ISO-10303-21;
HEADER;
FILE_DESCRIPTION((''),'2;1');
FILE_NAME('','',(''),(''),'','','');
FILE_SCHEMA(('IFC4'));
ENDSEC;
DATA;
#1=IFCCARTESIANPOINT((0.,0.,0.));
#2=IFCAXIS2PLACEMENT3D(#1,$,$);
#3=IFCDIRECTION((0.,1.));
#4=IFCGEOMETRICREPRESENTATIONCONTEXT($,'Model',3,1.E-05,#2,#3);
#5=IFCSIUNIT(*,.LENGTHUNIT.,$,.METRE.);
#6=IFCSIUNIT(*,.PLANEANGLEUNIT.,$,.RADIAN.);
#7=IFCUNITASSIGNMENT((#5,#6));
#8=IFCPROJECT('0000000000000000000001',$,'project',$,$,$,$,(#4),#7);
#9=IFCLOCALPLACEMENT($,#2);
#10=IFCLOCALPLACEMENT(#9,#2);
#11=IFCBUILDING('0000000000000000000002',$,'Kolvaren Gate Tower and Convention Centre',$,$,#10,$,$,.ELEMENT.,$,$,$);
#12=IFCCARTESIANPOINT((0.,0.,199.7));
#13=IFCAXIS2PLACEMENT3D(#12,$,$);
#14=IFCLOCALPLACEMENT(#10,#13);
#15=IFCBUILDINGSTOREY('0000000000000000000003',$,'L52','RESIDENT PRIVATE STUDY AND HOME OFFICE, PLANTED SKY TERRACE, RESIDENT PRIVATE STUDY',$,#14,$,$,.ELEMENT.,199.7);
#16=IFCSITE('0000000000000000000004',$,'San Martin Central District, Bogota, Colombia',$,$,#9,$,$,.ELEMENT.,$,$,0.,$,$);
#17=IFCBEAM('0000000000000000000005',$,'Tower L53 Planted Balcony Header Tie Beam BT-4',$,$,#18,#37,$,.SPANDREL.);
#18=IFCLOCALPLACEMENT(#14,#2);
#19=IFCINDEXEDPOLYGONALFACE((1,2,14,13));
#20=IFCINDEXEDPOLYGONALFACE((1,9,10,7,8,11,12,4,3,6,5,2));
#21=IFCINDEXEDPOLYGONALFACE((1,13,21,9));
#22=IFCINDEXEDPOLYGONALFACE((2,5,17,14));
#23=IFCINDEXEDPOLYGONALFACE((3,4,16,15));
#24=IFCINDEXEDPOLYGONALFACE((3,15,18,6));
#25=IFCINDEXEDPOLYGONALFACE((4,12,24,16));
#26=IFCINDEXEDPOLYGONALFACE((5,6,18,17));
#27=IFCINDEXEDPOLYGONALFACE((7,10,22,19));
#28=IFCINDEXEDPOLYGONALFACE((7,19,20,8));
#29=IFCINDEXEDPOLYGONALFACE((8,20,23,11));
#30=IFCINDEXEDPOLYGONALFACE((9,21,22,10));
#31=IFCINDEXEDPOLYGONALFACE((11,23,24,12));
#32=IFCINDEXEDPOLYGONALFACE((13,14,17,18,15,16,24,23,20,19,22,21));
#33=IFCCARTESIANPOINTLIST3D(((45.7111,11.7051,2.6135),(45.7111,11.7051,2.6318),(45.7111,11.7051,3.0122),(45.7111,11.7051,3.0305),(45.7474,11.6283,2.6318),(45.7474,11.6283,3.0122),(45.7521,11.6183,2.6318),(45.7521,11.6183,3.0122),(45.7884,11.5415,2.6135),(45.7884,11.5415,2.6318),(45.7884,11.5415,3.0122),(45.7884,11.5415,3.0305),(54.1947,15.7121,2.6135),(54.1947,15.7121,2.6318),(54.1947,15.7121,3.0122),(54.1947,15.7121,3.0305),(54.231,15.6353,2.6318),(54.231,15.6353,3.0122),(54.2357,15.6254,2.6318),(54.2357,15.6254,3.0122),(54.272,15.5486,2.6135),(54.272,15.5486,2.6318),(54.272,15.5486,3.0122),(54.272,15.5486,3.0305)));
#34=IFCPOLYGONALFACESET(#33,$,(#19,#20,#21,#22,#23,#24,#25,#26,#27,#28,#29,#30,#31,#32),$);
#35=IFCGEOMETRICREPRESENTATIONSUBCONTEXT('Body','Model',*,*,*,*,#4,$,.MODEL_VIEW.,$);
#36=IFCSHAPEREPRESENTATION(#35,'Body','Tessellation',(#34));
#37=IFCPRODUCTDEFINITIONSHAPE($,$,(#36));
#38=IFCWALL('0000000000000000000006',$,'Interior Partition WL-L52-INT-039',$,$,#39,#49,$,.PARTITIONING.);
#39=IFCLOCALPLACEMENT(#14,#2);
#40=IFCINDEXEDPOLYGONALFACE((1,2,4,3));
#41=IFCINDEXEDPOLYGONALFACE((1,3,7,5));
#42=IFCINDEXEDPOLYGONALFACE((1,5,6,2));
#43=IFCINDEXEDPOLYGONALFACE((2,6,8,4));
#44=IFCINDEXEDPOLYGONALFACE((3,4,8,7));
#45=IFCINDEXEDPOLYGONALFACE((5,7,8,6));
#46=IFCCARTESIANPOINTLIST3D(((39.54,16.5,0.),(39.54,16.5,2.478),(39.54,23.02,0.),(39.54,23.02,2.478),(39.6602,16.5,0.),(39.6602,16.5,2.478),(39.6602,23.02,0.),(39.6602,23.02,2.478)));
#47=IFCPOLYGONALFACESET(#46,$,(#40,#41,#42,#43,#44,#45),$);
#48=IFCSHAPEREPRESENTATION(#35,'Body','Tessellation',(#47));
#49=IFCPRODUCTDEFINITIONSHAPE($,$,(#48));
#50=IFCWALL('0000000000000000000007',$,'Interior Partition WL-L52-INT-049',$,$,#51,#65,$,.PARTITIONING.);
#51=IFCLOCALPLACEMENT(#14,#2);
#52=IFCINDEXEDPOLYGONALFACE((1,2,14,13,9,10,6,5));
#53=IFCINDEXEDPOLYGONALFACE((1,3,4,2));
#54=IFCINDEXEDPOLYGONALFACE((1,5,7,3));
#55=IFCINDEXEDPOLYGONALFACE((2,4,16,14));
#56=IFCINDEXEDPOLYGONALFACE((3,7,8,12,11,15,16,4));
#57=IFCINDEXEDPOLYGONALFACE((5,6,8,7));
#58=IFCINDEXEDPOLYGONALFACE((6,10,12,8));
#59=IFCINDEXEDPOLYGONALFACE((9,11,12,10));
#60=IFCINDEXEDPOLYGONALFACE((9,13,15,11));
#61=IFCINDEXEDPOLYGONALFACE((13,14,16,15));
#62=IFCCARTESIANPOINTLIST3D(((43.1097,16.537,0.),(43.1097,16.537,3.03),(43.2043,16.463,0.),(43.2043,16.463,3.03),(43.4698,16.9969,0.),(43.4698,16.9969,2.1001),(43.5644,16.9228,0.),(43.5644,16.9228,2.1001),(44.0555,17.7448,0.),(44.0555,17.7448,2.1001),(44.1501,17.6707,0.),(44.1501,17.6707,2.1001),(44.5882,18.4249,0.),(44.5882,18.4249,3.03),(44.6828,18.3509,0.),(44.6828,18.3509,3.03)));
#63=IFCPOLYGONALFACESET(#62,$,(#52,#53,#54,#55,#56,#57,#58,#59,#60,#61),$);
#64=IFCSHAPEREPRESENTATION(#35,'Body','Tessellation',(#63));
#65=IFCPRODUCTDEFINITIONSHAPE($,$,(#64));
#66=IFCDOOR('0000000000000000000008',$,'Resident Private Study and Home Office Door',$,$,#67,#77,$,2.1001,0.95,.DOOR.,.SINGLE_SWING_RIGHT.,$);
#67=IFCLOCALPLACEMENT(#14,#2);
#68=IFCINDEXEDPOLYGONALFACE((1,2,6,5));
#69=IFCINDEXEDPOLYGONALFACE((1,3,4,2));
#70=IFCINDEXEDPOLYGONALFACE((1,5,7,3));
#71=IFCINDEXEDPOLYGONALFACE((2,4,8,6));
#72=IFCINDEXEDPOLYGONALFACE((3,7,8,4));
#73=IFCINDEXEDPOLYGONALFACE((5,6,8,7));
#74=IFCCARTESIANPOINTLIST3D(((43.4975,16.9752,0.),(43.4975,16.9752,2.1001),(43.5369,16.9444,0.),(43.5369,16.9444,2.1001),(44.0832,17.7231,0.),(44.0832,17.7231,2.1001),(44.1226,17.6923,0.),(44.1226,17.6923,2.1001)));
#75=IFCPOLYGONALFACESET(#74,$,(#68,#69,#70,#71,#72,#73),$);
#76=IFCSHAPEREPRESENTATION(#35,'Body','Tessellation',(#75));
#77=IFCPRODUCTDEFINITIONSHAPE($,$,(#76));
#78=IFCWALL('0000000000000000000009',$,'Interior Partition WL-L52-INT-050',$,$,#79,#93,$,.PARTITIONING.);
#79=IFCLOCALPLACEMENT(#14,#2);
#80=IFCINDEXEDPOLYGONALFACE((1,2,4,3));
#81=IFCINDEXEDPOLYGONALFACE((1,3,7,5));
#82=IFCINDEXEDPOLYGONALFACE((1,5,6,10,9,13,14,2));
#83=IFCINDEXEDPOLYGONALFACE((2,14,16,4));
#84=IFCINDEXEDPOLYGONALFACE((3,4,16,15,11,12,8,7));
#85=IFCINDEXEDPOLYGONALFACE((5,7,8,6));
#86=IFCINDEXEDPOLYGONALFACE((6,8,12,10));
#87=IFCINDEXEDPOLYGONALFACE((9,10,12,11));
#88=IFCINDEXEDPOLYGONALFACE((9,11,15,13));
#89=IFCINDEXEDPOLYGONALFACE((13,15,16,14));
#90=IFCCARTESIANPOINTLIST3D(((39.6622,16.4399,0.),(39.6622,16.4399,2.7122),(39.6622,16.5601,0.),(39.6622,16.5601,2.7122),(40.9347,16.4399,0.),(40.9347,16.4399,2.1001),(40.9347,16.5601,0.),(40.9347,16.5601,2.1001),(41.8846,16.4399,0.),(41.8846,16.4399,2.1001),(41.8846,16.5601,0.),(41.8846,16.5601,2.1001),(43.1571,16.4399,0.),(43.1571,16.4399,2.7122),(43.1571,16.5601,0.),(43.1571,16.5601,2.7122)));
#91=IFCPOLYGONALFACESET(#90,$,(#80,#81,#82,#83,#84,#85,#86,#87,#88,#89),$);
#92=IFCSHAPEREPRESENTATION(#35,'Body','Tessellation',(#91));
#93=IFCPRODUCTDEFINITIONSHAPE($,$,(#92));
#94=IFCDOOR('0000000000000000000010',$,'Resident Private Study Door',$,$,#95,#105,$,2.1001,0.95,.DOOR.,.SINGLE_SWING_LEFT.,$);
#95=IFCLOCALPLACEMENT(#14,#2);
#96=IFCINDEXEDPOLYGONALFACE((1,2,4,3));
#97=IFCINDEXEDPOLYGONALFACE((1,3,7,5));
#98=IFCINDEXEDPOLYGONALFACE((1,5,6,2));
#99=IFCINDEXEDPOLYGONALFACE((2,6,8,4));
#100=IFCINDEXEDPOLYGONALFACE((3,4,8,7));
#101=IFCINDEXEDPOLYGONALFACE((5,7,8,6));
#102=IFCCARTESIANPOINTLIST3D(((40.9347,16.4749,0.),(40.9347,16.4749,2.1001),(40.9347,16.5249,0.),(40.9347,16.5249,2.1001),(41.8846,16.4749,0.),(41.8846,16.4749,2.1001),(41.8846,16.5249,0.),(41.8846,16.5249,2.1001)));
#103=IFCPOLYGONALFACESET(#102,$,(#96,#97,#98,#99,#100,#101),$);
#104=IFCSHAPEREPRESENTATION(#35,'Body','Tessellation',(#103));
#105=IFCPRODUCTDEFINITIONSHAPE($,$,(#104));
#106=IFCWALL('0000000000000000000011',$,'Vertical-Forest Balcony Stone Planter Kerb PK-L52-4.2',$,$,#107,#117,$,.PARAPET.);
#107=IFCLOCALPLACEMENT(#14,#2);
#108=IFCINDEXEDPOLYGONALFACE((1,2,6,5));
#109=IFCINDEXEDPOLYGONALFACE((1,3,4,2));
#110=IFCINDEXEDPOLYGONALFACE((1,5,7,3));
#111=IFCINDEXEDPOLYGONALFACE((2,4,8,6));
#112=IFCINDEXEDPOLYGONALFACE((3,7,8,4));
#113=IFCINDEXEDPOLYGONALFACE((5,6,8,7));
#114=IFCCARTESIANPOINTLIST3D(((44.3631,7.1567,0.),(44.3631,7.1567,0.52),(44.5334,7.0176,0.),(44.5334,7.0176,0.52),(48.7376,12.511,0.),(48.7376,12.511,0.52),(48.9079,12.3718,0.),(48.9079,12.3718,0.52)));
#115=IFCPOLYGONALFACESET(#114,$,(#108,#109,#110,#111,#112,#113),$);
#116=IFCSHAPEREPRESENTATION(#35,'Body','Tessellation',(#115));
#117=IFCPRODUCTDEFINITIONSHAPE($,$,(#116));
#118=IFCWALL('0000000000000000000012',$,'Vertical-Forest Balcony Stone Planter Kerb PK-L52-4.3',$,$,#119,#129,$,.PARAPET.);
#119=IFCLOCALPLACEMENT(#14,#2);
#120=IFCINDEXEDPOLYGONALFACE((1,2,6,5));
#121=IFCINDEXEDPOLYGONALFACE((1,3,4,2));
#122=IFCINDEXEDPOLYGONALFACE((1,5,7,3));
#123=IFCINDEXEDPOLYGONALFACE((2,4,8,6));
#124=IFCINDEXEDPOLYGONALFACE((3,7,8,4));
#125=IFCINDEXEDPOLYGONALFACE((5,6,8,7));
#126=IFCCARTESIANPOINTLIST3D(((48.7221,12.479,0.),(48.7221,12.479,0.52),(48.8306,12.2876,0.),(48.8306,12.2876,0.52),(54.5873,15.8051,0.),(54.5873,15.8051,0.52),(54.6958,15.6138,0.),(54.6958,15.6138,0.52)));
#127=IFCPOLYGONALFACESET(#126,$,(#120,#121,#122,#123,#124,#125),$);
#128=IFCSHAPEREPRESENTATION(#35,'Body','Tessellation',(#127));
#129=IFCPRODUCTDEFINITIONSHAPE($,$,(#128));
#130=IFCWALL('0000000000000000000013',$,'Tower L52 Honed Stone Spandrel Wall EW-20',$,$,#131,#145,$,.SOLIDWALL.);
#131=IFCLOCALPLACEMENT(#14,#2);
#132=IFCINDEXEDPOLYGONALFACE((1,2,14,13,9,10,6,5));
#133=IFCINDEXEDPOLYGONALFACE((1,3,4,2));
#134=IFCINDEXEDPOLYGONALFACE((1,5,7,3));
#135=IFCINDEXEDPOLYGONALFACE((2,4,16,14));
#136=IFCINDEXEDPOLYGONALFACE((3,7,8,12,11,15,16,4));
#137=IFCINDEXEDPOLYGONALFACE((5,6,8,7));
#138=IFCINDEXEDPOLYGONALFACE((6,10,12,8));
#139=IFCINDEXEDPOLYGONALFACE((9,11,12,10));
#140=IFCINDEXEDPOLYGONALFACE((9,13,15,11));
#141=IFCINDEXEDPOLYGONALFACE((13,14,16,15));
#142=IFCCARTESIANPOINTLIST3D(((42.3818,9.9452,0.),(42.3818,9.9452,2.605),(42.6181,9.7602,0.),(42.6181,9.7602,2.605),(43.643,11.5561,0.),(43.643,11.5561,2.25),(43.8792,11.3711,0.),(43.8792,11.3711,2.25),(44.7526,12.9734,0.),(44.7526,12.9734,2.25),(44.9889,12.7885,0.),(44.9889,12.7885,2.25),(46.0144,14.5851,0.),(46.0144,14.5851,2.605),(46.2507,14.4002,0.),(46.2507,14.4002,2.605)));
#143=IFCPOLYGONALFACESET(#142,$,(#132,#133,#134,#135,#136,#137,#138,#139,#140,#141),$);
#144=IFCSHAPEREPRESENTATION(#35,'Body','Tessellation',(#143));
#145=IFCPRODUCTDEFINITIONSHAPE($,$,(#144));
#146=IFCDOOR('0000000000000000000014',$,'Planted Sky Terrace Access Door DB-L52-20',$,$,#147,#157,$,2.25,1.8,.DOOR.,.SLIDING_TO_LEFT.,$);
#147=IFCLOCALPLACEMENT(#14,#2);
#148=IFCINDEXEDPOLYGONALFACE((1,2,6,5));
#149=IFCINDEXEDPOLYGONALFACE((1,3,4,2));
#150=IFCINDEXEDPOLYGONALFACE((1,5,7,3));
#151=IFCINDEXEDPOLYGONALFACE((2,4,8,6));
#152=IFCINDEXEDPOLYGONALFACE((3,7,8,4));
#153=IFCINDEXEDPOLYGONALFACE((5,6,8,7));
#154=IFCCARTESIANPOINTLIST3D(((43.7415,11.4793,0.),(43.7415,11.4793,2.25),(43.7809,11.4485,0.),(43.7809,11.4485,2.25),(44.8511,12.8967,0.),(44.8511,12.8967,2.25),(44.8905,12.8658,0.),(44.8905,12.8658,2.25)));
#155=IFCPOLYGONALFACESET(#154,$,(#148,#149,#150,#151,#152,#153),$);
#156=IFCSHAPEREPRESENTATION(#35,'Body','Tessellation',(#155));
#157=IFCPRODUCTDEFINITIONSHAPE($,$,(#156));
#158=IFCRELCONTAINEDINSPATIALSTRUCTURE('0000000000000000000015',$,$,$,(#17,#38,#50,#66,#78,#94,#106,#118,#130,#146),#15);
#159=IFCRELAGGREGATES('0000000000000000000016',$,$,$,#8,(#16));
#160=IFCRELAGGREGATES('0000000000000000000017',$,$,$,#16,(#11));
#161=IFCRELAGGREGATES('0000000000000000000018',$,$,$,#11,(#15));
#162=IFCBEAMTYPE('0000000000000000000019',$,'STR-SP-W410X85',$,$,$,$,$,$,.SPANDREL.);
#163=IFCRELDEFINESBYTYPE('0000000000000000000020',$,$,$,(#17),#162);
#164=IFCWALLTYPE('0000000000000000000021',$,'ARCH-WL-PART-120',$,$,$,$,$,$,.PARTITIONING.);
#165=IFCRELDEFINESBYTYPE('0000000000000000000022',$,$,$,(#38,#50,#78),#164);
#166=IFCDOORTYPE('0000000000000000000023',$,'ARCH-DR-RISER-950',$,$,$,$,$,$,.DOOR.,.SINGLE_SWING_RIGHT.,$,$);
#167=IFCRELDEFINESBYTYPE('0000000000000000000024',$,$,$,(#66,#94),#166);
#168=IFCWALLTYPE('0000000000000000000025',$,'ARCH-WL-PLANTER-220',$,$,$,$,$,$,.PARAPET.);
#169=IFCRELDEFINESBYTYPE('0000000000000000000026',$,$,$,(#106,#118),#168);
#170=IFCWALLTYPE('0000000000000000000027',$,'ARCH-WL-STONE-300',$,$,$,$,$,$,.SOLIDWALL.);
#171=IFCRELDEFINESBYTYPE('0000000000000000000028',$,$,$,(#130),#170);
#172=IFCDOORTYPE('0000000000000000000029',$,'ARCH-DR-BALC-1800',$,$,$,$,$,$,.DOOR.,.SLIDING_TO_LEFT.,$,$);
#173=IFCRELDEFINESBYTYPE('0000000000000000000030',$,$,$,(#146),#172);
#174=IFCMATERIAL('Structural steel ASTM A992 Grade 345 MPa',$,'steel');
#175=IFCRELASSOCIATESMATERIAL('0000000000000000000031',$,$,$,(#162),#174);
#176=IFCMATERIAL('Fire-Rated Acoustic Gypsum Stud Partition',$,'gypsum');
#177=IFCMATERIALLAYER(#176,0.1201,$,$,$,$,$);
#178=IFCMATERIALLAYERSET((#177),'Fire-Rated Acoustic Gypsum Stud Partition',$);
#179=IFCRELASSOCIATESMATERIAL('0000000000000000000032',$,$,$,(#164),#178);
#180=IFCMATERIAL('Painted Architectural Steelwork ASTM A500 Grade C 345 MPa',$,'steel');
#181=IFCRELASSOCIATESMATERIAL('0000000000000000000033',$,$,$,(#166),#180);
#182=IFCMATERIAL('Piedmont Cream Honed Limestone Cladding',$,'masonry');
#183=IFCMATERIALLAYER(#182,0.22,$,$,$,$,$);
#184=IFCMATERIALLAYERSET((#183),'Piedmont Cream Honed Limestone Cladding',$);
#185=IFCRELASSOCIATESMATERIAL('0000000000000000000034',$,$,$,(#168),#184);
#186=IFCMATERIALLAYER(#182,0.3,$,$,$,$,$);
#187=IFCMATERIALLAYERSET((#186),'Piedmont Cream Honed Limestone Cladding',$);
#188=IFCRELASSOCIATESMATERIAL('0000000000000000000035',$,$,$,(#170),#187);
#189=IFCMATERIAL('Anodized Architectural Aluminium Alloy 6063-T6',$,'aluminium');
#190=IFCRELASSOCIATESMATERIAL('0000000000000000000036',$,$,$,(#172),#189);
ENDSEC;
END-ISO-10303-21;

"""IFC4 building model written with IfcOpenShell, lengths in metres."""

from ifc_helpers import new_model, si_unit, direction, frame, frame_2d, origin, origin_2d, place, context, subcontext, project, spatial, rectangle, i_section, extrude, material, layer, layer_set, material_profile, profile_set, type_object, element, fill, save


model = new_model("IFC4")

# Units and contexts
model_context = context("Model", 3, precision=1e-05, world=origin(), true_north=direction((0.0, 1.0)))
body_context = subcontext(model_context, "Body", "Model", "MODEL_VIEW")
ifc_project = project(units=[si_unit("LENGTHUNIT", "METRE"), si_unit("PLANEANGLEUNIT", "RADIAN")], contexts=[model_context])

# Site, building, storey
site_placement = place(None, origin())
site = spatial("IfcSite", under=ifc_project, at=site_placement, Name="San Martin Central District, Bogota, Colombia", CompositionType="ELEMENT", RefElevation=0.0)
building_placement = place(site_placement, origin())
building = spatial("IfcBuilding", under=site, at=building_placement, Name="Kolvaren Gate Tower and Convention Centre", CompositionType="ELEMENT")
storey_placement = place(building_placement, frame((0.0, 0.0, 199.7)))
storey = spatial("IfcBuildingStorey", under=building, at=storey_placement, Name="L52", Description="RESIDENT PRIVATE STUDY AND HOME OFFICE, PLANTED SKY TERRACE, RESIDENT PRIVATE STUDY", CompositionType="ELEMENT", Elevation=199.7)

# Beam
ifc_material_1 = material(Name="Structural steel ASTM A992 Grade 345 MPa", Category="steel")
ifc_material_profile_1 = material_profile(ifc_material_1, i_section(OverallWidth=0.1809, OverallDepth=0.417, WebThickness=0.011, FlangeThickness=0.0183, at=origin_2d()), Name="W410X85")
ifc_profile_set_1 = profile_set([ifc_material_profile_1], Name="Structural steel ASTM A992 Grade 345 MPa")
beam_type_1 = type_object("IfcBeamType", Name="STR-SP-W410X85", PredefinedType="SPANDREL", material=ifc_profile_set_1)
beam_1_placement = place(storey_placement, frame((45.7498, 11.6233, 2.822), z_axis=(0.904211, 0.427086, 0.0), x_axis=(-0.427086, 0.904211, 0.0)))
element("IfcBeam", 1, at=beam_1_placement, inside=storey, type_object=beam_type_1, Name="Tower L53 Planted Balcony Header Tie Beam BT-4", PredefinedType="SPANDREL", context=body_context, shape_type="SweptSolid", body=[
    extrude(i_section(OverallWidth=0.1809, OverallDepth=0.417, WebThickness=0.011, FlangeThickness=0.0183, at=origin_2d()), origin(), (0.0, 0.0, 1.0), 9.3823),
])

# Wall
ifc_material_2 = material(Name="Fire-Rated Acoustic Gypsum Stud Partition", Category="gypsum")
ifc_layer_1 = layer(ifc_material_2, 0.1201)
ifc_layer_set_1 = layer_set([ifc_layer_1], Name="Fire-Rated Acoustic Gypsum Stud Partition")
wall_type_1 = type_object("IfcWallType", Name="ARCH-WL-PART-120", PredefinedType="PARTITIONING", material=ifc_layer_set_1)
wall_1_placement = place(storey_placement, frame((39.6001, 16.5, 0.0), z_axis=(0.0, 0.0, 1.0), x_axis=(0.0, 1.0, 0.0)))
element("IfcWall", 2, at=wall_1_placement, inside=storey, type_object=wall_type_1, Name="Interior Partition WL-L52-INT-039", PredefinedType="PARTITIONING", context=body_context, shape_type="SweptSolid", body=[
    extrude(rectangle(XDim=6.52, YDim=0.1201, at=frame_2d((3.26, 0.0))), origin(), (0.0, 0.0, 1.0), 2.478),
])

# Walls, openings, doors
wall_2_placement = place(storey_placement, frame((43.157, 16.5, 0.0), z_axis=(0.0, 0.0, 1.0), x_axis=(0.616566, 0.787303, 0.0)))
wall_2 = element("IfcWall", 3, at=wall_2_placement, inside=storey, type_object=wall_type_1, Name="Interior Partition WL-L52-INT-049", PredefinedType="PARTITIONING", context=body_context, shape_type="SweptSolid", body=[
    extrude(rectangle(XDim=2.3979, YDim=0.1201, at=frame_2d((1.199, 0.0))), origin(), (0.0, 0.0, 1.0), 3.03),
])
opening_1_placement = place(wall_2_placement, frame((0.584, 0.0, 0.0)))
opening_1 = element("IfcOpeningElement", 4, at=opening_1_placement, cuts=wall_2, PredefinedType="OPENING", context=body_context, shape_type="SweptSolid", body=[
    extrude(rectangle(XDim=0.95, YDim=2.1001, at=frame_2d((0.4751, 1.05))), frame((0.0, 0.0701, 0.0), z_axis=(0.0, -1.0, 0.0), x_axis=(1.0, 0.0, 0.0)), (0.0, 0.0, 1.0), 0.1401),
])
ifc_material_3 = material(Name="Painted Architectural Steelwork ASTM A500 Grade C 345 MPa", Category="steel")
door_type_1 = type_object("IfcDoorType", Name="ARCH-DR-RISER-950", OperationType="SINGLE_SWING_RIGHT", PredefinedType="DOOR", material=ifc_material_3)
door_1_placement = place(opening_1_placement, origin())
door_1 = element("IfcDoor", 5, at=door_1_placement, inside=storey, type_object=door_type_1, Name="Resident Private Study and Home Office Door", OperationType="SINGLE_SWING_RIGHT", OverallHeight=2.1001, OverallWidth=0.95, PredefinedType="DOOR", context=body_context, shape_type="SweptSolid", body=[
    extrude(rectangle(XDim=0.95, YDim=2.1001, at=frame_2d((0.4751, 1.05))), frame((0.0, 0.0249, 0.0), z_axis=(0.0, -1.0, 0.0), x_axis=(1.0, 0.0, 0.0)), (0.0, 0.0, 1.0), 0.05),
])
fill(opening_1, door_1)
wall_3_placement = place(storey_placement, frame((39.6621, 16.5, 0.0), z_axis=(0.0, 0.0, 1.0), x_axis=(1.0, 0.0, 0.0)))
wall_3 = element("IfcWall", 6, at=wall_3_placement, inside=storey, type_object=wall_type_1, Name="Interior Partition WL-L52-INT-050", PredefinedType="PARTITIONING", context=body_context, shape_type="SweptSolid", body=[
    extrude(rectangle(XDim=3.4949, YDim=0.1201, at=frame_2d((1.7476, 0.0))), origin(), (0.0, 0.0, 1.0), 2.7122),
])
opening_2_placement = place(wall_3_placement, frame((1.2725, 0.0, 0.0)))
opening_2 = element("IfcOpeningElement", 7, at=opening_2_placement, cuts=wall_3, PredefinedType="OPENING", context=body_context, shape_type="SweptSolid", body=[
    extrude(rectangle(XDim=0.95, YDim=2.1001, at=frame_2d((0.4751, 1.05))), frame((0.0, 0.0701, 0.0), z_axis=(0.0, -1.0, 0.0), x_axis=(1.0, 0.0, 0.0)), (0.0, 0.0, 1.0), 0.1401),
])
door_2_placement = place(opening_2_placement, origin())
door_2 = element("IfcDoor", 8, at=door_2_placement, inside=storey, type_object=door_type_1, Name="Resident Private Study Door", OperationType="SINGLE_SWING_LEFT", OverallHeight=2.1001, OverallWidth=0.95, PredefinedType="DOOR", context=body_context, shape_type="SweptSolid", body=[
    extrude(rectangle(XDim=0.95, YDim=2.1001, at=frame_2d((0.4751, 1.05))), frame((0.0, 0.0249, 0.0), z_axis=(0.0, -1.0, 0.0), x_axis=(1.0, 0.0, 0.0)), (0.0, 0.0, 1.0), 0.05),
])
fill(opening_2, door_2)

# Walls
ifc_material_4 = material(Name="Piedmont Cream Honed Limestone Cladding", Category="masonry")
ifc_layer_2 = layer(ifc_material_4, 0.22)
ifc_layer_set_2 = layer_set([ifc_layer_2], Name="Piedmont Cream Honed Limestone Cladding")
wall_type_2 = type_object("IfcWallType", Name="ARCH-WL-PLANTER-220", PredefinedType="PARAPET", material=ifc_layer_set_2)
wall_4_placement = place(storey_placement, frame((44.4482, 7.0872, 0.0), z_axis=(0.0, 0.0, 1.0), x_axis=(0.632697, 0.774399, 0.0)))
element("IfcWall", 9, at=wall_4_placement, inside=storey, type_object=wall_type_2, Name="Vertical-Forest Balcony Stone Planter Kerb PK-L52-4.2", PredefinedType="PARAPET", context=body_context, shape_type="SweptSolid", body=[
    extrude(rectangle(XDim=6.9141, YDim=0.22, at=frame_2d((3.457, 0.0))), origin(), (0.0, 0.0, 1.0), 0.52),
])
wall_5_placement = place(storey_placement, frame((48.7764, 12.3833, 0.0), z_axis=(0.0, 0.0, 1.0), x_axis=(0.869861, 0.493298, 0.0)))
element("IfcWall", 10, at=wall_5_placement, inside=storey, type_object=wall_type_2, Name="Vertical-Forest Balcony Stone Planter Kerb PK-L52-4.3", PredefinedType="PARAPET", context=body_context, shape_type="SweptSolid", body=[
    extrude(rectangle(XDim=6.7427, YDim=0.22, at=frame_2d((3.3713, 0.0))), origin(), (0.0, 0.0, 1.0), 0.52),
])

# Wall, opening, door
ifc_layer_3 = layer(ifc_material_4, 0.3)
ifc_layer_set_3 = layer_set([ifc_layer_3], Name="Piedmont Cream Honed Limestone Cladding")
wall_type_3 = type_object("IfcWallType", Name="ARCH-WL-STONE-300", PredefinedType="SOLIDWALL", material=ifc_layer_set_3)
wall_6_placement = place(storey_placement, frame((42.5, 9.8528, 0.0), z_axis=(0.0, 0.0, 1.0), x_axis=(0.61645, 0.787394, 0.0)))
wall_6 = element("IfcWall", 11, at=wall_6_placement, inside=storey, type_object=wall_type_3, Name="Tower L52 Honed Stone Spandrel Wall EW-20", PredefinedType="SOLIDWALL", context=body_context, shape_type="SweptSolid", body=[
    extrude(rectangle(XDim=5.8928, YDim=0.3, at=frame_2d((2.9463, 0.0))), origin(), (0.0, 0.0, 1.0), 2.605),
])
opening_3_placement = place(wall_6_placement, frame((2.0459, 0.0, 0.0)))
opening_3 = element("IfcOpeningElement", 12, at=opening_3_placement, cuts=wall_6, PredefinedType="OPENING", context=body_context, shape_type="SweptSolid", body=[
    extrude(rectangle(XDim=1.8, YDim=2.25, at=frame_2d((0.8999, 1.125))), frame((0.0, 0.1599, 0.0), z_axis=(0.0, -1.0, 0.0), x_axis=(1.0, 0.0, 0.0)), (0.0, 0.0, 1.0), 0.3201),
])
ifc_material_5 = material(Name="Anodized Architectural Aluminium Alloy 6063-T6", Category="aluminium")
door_type_2 = type_object("IfcDoorType", Name="ARCH-DR-BALC-1800", OperationType="SLIDING_TO_LEFT", PredefinedType="DOOR", material=ifc_material_5)
door_3_placement = place(opening_3_placement, frame((1.8, 0.0, 0.0), z_axis=(0.0, 0.0, 1.0), x_axis=(-1.0, 0.0, 0.0)))
door_3 = element("IfcDoor", 13, at=door_3_placement, inside=storey, type_object=door_type_2, Name="Planted Sky Terrace Access Door DB-L52-20", OperationType="SLIDING_TO_LEFT", OverallHeight=2.25, OverallWidth=1.8, PredefinedType="DOOR", context=body_context, shape_type="SweptSolid", body=[
    extrude(rectangle(XDim=1.8, YDim=2.25, at=frame_2d((0.8999, 1.125))), frame((0.0, 0.0249, 0.0), z_axis=(0.0, -1.0, 0.0), x_axis=(1.0, 0.0, 0.0)), (0.0, 0.0, 1.0), 0.05),
])
fill(opening_3, door_3)

save(model, "model.ifc")
